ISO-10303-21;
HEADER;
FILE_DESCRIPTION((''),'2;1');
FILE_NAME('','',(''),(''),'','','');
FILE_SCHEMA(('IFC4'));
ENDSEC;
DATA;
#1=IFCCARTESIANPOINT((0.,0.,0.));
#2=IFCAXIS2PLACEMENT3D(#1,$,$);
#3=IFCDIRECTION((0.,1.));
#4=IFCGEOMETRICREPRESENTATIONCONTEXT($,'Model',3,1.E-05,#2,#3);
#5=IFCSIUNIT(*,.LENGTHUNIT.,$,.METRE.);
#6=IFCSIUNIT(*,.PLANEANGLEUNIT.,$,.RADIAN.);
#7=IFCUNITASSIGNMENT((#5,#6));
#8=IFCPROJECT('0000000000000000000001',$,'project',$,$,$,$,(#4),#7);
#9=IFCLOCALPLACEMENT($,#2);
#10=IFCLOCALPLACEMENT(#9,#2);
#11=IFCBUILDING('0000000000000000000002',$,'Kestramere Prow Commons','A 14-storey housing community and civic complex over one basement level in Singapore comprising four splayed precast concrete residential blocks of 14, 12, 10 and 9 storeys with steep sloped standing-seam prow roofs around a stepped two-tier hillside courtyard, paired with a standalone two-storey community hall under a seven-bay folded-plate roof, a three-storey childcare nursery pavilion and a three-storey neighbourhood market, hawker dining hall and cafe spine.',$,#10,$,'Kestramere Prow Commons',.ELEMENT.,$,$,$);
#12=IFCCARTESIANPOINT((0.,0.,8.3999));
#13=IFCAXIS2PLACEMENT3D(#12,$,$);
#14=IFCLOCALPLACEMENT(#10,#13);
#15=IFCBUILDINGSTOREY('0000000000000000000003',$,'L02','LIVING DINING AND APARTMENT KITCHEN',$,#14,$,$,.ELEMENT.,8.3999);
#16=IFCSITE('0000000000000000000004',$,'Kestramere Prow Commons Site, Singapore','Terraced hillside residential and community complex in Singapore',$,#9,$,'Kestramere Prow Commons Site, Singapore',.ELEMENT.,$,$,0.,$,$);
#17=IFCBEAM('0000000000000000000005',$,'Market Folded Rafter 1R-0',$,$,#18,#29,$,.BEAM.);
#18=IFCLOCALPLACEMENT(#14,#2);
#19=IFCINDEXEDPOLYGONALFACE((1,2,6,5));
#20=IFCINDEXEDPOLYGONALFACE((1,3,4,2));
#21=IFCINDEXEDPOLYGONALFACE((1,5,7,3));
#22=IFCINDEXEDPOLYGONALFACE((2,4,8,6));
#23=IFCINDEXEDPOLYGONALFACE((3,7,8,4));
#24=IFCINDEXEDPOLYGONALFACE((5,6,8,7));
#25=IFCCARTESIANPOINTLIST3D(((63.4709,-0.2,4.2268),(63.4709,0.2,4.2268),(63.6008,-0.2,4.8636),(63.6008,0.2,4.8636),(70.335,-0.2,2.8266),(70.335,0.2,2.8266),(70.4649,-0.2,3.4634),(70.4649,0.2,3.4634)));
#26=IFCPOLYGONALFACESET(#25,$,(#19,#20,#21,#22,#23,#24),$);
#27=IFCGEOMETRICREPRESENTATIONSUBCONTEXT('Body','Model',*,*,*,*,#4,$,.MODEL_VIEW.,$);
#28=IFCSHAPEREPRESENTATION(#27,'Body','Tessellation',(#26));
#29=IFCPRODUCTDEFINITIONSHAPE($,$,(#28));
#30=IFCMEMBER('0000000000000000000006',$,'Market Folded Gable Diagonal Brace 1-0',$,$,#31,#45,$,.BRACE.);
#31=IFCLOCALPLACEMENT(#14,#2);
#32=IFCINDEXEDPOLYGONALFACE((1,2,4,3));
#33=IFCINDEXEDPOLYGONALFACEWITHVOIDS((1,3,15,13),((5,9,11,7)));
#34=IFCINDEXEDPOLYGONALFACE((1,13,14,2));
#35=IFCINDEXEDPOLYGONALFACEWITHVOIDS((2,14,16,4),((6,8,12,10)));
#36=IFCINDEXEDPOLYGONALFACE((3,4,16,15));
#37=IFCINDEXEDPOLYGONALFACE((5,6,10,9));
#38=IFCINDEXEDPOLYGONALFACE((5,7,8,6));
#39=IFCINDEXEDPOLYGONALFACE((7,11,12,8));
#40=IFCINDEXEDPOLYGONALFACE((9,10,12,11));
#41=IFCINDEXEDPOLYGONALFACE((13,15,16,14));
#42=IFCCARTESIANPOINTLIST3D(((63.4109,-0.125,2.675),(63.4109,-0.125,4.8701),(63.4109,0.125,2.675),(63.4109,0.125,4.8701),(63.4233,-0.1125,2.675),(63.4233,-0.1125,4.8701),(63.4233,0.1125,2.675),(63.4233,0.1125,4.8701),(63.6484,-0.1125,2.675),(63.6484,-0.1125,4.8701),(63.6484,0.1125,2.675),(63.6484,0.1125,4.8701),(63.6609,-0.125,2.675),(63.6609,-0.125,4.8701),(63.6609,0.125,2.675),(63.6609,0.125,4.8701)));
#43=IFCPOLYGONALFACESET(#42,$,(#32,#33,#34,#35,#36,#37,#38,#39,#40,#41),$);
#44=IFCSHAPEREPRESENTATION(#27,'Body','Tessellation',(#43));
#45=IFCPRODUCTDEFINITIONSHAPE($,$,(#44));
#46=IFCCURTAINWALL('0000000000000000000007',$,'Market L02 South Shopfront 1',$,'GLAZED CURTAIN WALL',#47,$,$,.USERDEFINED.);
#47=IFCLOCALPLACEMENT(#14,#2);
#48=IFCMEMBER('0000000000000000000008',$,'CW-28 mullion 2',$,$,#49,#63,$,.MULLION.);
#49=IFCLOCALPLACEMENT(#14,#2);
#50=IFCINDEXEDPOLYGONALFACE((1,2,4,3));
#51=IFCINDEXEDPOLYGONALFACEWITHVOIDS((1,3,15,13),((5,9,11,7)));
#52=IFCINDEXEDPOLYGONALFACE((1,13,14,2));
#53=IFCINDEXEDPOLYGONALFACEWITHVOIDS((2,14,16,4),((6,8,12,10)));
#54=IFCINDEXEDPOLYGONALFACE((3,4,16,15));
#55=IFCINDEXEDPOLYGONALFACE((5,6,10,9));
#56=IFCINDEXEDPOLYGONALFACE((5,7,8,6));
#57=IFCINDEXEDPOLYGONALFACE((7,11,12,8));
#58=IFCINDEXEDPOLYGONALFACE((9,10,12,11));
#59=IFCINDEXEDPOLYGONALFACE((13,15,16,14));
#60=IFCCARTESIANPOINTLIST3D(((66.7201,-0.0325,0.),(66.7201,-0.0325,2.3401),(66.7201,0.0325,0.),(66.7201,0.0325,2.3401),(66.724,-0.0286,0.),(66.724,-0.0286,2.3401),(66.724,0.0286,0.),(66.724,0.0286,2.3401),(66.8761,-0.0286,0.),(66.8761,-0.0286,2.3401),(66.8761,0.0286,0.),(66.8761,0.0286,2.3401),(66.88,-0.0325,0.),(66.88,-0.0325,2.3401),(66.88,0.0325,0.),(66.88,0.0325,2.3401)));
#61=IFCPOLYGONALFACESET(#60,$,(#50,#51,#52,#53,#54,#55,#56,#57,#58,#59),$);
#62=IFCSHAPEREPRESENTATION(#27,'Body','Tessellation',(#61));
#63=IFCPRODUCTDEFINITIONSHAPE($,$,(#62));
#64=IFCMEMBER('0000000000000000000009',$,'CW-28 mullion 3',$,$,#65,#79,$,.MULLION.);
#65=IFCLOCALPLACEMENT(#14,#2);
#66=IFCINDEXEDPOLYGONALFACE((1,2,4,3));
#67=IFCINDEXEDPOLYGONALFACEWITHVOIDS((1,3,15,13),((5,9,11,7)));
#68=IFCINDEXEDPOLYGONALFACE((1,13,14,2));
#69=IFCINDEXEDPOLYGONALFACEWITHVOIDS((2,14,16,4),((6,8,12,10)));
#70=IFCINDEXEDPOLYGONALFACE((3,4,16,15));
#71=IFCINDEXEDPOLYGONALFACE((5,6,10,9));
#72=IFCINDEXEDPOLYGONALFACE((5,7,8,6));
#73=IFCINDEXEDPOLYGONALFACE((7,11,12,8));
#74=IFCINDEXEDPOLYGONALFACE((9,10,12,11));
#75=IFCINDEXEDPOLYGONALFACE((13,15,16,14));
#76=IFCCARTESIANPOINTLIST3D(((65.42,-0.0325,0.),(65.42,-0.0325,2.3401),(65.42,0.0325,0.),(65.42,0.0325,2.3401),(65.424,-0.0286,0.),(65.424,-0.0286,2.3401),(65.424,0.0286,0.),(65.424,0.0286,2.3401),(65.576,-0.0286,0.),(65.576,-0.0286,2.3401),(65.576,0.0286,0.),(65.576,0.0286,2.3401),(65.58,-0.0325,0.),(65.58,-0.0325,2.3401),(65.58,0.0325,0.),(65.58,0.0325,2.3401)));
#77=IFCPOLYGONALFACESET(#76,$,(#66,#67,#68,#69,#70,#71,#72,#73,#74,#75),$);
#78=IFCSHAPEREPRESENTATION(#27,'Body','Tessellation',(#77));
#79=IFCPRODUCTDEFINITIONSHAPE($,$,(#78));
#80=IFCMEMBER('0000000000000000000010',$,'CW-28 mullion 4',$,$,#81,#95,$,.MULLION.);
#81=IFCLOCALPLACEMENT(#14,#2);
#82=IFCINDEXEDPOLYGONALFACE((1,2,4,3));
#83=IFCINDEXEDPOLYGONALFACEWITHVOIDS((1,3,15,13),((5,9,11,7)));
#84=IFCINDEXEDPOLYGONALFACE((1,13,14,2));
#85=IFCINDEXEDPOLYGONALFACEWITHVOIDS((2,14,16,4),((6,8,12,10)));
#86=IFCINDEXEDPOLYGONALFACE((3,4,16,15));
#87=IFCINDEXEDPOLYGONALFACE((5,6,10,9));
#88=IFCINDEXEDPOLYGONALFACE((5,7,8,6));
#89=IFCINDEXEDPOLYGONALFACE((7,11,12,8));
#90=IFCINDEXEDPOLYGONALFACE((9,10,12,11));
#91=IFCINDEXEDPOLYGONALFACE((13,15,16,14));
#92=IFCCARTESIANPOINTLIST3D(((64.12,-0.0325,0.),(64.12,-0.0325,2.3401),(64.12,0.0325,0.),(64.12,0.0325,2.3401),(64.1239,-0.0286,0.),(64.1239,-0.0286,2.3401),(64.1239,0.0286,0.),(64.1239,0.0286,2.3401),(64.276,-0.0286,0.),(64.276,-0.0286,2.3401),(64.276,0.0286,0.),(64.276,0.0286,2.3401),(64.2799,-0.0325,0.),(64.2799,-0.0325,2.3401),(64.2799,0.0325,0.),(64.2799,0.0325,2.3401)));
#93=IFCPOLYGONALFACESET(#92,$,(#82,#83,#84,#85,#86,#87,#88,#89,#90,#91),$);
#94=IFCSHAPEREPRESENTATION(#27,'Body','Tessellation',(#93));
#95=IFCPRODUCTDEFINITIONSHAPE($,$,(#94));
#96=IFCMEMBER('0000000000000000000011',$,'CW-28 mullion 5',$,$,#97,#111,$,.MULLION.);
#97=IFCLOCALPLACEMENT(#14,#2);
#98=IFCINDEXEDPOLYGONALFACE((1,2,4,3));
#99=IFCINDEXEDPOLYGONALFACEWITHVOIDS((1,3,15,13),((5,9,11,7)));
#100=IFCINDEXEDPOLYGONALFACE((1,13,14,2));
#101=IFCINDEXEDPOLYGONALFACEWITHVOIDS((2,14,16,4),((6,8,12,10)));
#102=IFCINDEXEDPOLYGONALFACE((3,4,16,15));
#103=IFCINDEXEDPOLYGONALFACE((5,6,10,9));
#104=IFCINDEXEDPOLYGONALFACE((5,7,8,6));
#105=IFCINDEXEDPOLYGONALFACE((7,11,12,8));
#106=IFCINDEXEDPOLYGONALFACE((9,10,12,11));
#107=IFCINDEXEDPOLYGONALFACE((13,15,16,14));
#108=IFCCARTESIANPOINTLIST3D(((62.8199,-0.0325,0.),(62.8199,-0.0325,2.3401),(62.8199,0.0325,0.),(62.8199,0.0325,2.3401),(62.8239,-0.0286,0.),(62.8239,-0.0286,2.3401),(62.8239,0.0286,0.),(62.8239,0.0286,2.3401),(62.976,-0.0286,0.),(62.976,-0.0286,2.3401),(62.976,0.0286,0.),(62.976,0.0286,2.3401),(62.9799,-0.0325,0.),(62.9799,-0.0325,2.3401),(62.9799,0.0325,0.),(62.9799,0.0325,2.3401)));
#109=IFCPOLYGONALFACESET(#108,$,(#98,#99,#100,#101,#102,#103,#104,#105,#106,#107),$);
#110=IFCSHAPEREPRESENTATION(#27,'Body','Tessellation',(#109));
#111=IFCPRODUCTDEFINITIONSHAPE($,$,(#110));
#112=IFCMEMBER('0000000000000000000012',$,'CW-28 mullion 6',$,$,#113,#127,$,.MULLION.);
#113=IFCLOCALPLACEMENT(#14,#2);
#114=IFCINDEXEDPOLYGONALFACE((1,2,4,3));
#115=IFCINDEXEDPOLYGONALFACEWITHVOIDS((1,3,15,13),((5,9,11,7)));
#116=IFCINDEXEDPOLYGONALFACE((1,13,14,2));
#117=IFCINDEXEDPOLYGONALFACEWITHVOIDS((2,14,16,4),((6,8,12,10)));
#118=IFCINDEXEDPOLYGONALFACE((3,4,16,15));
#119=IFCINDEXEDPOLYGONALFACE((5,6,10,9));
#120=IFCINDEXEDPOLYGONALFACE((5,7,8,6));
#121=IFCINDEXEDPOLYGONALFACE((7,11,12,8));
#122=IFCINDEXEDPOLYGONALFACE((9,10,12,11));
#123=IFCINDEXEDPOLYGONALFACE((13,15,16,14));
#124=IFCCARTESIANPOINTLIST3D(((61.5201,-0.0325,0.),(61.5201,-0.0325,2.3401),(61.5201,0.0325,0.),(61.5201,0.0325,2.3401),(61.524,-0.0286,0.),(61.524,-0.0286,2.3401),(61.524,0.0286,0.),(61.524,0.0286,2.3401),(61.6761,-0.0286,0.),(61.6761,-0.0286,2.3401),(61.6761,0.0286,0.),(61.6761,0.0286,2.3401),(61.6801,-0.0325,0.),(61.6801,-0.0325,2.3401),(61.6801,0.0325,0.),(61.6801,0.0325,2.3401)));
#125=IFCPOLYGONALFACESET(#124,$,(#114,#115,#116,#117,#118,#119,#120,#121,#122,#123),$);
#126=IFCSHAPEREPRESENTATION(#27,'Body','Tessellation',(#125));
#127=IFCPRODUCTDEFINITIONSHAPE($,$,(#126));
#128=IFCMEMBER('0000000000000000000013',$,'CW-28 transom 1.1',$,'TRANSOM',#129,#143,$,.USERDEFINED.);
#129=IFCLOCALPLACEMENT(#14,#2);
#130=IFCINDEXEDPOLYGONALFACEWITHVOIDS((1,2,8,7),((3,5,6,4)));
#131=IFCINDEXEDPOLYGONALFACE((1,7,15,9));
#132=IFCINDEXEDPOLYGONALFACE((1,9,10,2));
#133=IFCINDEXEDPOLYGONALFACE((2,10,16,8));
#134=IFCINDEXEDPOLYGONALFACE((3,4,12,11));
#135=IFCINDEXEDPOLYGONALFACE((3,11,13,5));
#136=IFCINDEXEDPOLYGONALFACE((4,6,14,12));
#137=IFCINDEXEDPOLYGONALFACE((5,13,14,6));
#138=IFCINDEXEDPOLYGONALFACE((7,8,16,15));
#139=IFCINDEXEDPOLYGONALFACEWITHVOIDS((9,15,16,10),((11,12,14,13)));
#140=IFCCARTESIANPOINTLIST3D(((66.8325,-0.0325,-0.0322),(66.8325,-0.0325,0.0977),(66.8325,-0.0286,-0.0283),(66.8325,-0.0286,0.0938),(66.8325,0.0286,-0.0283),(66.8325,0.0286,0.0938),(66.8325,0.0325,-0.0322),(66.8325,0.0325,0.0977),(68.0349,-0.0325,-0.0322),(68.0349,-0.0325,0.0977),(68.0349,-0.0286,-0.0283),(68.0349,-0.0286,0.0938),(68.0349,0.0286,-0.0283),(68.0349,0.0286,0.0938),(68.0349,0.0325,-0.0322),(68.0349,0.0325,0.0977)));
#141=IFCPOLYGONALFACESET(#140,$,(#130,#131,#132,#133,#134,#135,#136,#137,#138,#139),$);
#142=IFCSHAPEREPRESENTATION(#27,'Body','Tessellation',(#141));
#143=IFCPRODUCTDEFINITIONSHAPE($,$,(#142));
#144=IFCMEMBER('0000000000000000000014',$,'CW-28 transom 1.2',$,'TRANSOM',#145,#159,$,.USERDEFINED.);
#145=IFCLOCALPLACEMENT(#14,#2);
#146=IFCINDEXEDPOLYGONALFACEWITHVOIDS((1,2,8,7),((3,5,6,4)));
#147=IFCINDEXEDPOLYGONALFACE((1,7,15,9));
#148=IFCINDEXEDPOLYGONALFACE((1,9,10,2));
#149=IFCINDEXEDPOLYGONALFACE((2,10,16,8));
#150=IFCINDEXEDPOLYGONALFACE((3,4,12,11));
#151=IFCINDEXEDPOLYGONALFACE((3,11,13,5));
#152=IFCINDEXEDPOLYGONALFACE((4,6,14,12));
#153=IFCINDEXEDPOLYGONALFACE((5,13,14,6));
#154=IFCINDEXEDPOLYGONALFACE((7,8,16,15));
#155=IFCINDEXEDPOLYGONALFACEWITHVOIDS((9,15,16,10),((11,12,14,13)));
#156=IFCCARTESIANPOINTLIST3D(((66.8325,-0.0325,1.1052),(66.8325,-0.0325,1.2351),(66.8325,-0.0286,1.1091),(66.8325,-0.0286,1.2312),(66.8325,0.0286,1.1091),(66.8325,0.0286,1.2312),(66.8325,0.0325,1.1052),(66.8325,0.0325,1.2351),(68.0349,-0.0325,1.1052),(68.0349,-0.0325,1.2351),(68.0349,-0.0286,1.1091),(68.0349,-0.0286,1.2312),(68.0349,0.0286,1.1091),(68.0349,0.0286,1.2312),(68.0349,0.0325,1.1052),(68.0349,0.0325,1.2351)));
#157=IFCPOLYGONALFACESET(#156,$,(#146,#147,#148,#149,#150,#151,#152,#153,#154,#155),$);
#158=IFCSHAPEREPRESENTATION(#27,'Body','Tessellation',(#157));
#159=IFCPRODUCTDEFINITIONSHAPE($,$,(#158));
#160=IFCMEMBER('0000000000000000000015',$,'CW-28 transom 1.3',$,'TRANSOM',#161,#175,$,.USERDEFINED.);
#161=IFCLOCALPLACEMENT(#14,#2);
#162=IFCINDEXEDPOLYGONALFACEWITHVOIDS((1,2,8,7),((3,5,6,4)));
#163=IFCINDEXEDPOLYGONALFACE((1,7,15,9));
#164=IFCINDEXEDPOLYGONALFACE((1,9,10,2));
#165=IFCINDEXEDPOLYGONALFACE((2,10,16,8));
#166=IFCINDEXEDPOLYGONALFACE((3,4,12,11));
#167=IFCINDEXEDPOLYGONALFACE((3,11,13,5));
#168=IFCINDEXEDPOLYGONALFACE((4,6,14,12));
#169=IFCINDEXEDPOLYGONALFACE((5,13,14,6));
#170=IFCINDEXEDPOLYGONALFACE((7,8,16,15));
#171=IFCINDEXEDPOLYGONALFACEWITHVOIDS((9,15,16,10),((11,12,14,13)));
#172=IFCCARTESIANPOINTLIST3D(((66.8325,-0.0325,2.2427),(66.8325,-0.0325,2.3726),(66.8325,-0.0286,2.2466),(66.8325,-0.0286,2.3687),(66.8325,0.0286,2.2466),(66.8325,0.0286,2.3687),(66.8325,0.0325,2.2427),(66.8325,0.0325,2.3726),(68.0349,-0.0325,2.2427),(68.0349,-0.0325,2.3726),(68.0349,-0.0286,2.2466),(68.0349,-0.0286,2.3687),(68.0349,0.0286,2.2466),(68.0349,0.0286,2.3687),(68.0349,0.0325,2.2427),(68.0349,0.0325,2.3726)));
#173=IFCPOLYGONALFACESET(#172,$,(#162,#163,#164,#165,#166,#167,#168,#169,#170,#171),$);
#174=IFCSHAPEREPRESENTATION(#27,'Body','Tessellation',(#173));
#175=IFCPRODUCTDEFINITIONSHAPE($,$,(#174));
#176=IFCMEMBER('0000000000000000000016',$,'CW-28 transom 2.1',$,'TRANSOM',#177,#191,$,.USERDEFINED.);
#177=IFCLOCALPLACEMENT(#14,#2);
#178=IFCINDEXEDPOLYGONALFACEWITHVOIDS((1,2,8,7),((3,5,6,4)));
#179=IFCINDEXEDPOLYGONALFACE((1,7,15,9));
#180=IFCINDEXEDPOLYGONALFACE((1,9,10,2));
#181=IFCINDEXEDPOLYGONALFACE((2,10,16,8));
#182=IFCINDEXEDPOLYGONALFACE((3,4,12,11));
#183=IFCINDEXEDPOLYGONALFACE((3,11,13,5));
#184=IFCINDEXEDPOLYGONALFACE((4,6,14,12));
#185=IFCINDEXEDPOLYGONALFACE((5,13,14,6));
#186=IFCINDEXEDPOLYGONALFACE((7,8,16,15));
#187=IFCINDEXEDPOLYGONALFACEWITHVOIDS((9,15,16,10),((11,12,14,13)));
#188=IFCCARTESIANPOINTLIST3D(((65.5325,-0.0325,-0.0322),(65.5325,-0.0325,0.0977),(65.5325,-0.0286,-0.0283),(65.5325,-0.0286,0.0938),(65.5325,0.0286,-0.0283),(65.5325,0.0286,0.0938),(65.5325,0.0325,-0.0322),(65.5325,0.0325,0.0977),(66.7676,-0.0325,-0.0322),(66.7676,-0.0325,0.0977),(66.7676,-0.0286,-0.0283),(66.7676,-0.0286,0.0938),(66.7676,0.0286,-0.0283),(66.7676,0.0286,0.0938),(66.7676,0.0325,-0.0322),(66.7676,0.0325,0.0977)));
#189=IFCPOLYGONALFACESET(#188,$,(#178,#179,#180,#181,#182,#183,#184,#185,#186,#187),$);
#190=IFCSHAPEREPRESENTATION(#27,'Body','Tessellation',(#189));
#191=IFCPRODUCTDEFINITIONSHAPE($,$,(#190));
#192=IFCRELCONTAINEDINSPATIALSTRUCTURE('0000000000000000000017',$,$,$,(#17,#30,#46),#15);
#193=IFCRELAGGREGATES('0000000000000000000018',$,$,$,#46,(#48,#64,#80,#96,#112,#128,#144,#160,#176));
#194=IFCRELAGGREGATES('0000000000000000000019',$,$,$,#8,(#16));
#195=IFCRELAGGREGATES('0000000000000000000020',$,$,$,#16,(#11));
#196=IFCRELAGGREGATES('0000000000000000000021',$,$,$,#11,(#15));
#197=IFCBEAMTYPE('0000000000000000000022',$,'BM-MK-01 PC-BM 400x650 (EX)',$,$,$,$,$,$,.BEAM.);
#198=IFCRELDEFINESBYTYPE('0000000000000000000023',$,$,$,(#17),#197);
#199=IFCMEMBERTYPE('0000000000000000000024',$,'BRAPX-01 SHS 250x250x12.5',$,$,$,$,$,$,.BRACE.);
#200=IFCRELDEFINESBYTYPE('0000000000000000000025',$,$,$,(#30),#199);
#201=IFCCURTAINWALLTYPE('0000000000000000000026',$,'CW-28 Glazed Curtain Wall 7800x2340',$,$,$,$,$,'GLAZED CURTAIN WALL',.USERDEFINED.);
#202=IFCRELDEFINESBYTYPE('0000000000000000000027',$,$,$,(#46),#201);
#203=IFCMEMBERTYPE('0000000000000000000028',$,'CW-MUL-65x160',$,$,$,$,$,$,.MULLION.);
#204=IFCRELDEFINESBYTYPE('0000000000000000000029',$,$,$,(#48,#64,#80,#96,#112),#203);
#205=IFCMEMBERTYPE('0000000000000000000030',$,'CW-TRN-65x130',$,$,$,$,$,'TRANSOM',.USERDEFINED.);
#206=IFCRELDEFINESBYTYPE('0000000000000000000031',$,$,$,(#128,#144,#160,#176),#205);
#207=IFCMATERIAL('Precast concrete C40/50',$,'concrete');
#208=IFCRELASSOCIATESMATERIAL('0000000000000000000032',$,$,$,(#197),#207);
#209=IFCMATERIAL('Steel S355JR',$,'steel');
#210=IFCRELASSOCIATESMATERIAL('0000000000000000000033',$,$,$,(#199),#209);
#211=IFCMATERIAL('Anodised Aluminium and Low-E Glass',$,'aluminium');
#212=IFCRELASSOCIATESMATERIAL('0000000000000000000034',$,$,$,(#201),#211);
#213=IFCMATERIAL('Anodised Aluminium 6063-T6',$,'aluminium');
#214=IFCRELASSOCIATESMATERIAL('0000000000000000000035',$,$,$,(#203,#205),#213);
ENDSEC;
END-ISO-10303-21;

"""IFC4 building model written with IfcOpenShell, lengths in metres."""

from ifc_helpers import new_model, si_unit, direction, frame, origin, origin_2d, place, context, subcontext, project, spatial, rectangle, hollow_rectangle, extrude, material, material_profile, profile_set, type_object, element, aggregate, save


model = new_model("IFC4")

# Units and contexts
model_context = context("Model", 3, precision=1e-05, world=origin(), true_north=direction((0.0, 1.0)))
body_context = subcontext(model_context, "Body", "Model", "MODEL_VIEW")
ifc_project = project(units=[si_unit("LENGTHUNIT", "METRE"), si_unit("PLANEANGLEUNIT", "RADIAN")], contexts=[model_context])

# Site, building, storey
site_placement = place(None, origin())
site = spatial("IfcSite", under=ifc_project, at=site_placement, Name="Kestramere Prow Commons Site, Singapore", Description="Terraced hillside residential and community complex in Singapore", LongName="Kestramere Prow Commons Site, Singapore", CompositionType="ELEMENT", RefElevation=0.0)
building_placement = place(site_placement, origin())
building = spatial("IfcBuilding", under=site, at=building_placement, Name="Kestramere Prow Commons", Description="A 14-storey housing community and civic complex over one basement level in Singapore comprising four splayed precast concrete residential blocks of 14, 12, 10 and 9 storeys with steep sloped standing-seam prow roofs around a stepped two-tier hillside courtyard, paired with a standalone two-storey community hall under a seven-bay folded-plate roof, a three-storey childcare nursery pavilion and a three-storey neighbourhood market, hawker dining hall and cafe spine.", LongName="Kestramere Prow Commons", CompositionType="ELEMENT")
storey_placement = place(building_placement, frame((0.0, 0.0, 8.3999)))
storey = spatial("IfcBuildingStorey", under=building, at=storey_placement, Name="L02", Description="LIVING DINING AND APARTMENT KITCHEN", CompositionType="ELEMENT", Elevation=8.3999)

# Beam
ifc_material_1 = material(Name="Precast concrete C40/50", Category="concrete")
ifc_material_profile_1 = material_profile(ifc_material_1, rectangle(XDim=0.3999, YDim=0.6499, at=origin_2d()), Name="PC-BM 400x650")
ifc_profile_set_1 = profile_set([ifc_material_profile_1], Name="Precast concrete C40/50")
beam_type = type_object("IfcBeamType", Name="BM-MK-01 PC-BM 400x650 (EX)", PredefinedType="BEAM", material=ifc_profile_set_1)
beam_placement = place(storey_placement, frame((63.5359, 0.0, 4.5452), z_axis=(0.979823, 0.0, -0.199868), x_axis=(0.0, 1.0, 0.0)))
element("IfcBeam", 1, at=beam_placement, inside=storey, type_object=beam_type, Name="Market Folded Rafter 1R-0", PredefinedType="BEAM", context=body_context, shape_type="SweptSolid", body=[
    extrude(rectangle(XDim=0.3999, YDim=0.6499, at=origin_2d()), origin(), (0.0, 0.0, 1.0), 7.0054),
])

# Member
ifc_material_2 = material(Name="Steel S355JR", Category="steel")
ifc_material_profile_2 = material_profile(ifc_material_2, hollow_rectangle(XDim=0.25, YDim=0.25, WallThickness=0.0125, at=origin_2d()), Name="SHS 250x250x12.5")
ifc_profile_set_2 = profile_set([ifc_material_profile_2], Name="Steel S355JR")
member_type_1 = type_object("IfcMemberType", Name="BRAPX-01 SHS 250x250x12.5", PredefinedType="BRACE", material=ifc_profile_set_2)
member_1_placement = place(storey_placement, frame((63.5359, 0.0, 2.675), z_axis=(0.0, 0.0, 1.0), x_axis=(1.0, 0.0, 0.0)))
element("IfcMember", 2, at=member_1_placement, inside=storey, type_object=member_type_1, Name="Market Folded Gable Diagonal Brace 1-0", PredefinedType="BRACE", context=body_context, shape_type="SweptSolid", body=[
    extrude(hollow_rectangle(XDim=0.25, YDim=0.25, WallThickness=0.0125, at=origin_2d()), origin(), (0.0, 0.0, 1.0), 2.1951),
])

# Curtain wall, members
ifc_material_3 = material(Name="Anodised Aluminium and Low-E Glass", Category="aluminium")
curtain_wall_type = type_object("IfcCurtainWallType", Name="CW-28 Glazed Curtain Wall 7800x2340", ElementType="GLAZED CURTAIN WALL", PredefinedType="USERDEFINED", material=ifc_material_3)
curtain_wall_placement = place(storey_placement, origin())
curtain_wall = element("IfcCurtainWall", 3, at=curtain_wall_placement, inside=storey, type_object=curtain_wall_type, Name="Market L02 South Shopfront 1", ObjectType="GLAZED CURTAIN WALL", PredefinedType="USERDEFINED")
ifc_material_4 = material(Name="Anodised Aluminium 6063-T6", Category="aluminium")
ifc_material_profile_3 = material_profile(ifc_material_4, hollow_rectangle(XDim=0.0649, YDim=0.1599, WallThickness=0.0039, at=origin_2d()), Name="ALU-MUL 65x160")
ifc_profile_set_3 = profile_set([ifc_material_profile_3], Name="Anodised Aluminium 6063-T6")
member_type_2 = type_object("IfcMemberType", Name="CW-MUL-65x160", PredefinedType="MULLION", material=ifc_profile_set_3)
member_2_placement = place(storey_placement, frame((66.8, 0.0, 0.0), z_axis=(0.0, 0.0, 1.0), x_axis=(0.0, -1.0, 0.0)))
member_2 = element("IfcMember", 4, at=member_2_placement, type_object=member_type_2, Name="CW-28 mullion 2", PredefinedType="MULLION", context=body_context, shape_type="SweptSolid", body=[
    extrude(hollow_rectangle(XDim=0.0649, YDim=0.1599, WallThickness=0.0039, at=origin_2d()), origin(), (0.0, 0.0, 1.0), 2.3401),
])
member_3_placement = place(storey_placement, frame((65.5, 0.0, 0.0), z_axis=(0.0, 0.0, 1.0), x_axis=(0.0, -1.0, 0.0)))
member_3 = element("IfcMember", 5, at=member_3_placement, type_object=member_type_2, Name="CW-28 mullion 3", PredefinedType="MULLION", context=body_context, shape_type="SweptSolid", body=[
    extrude(hollow_rectangle(XDim=0.0649, YDim=0.1599, WallThickness=0.0039, at=origin_2d()), origin(), (0.0, 0.0, 1.0), 2.3401),
])
member_4_placement = place(storey_placement, frame((64.2, 0.0, 0.0), z_axis=(0.0, 0.0, 1.0), x_axis=(0.0, -1.0, 0.0)))
member_4 = element("IfcMember", 6, at=member_4_placement, type_object=member_type_2, Name="CW-28 mullion 4", PredefinedType="MULLION", context=body_context, shape_type="SweptSolid", body=[
    extrude(hollow_rectangle(XDim=0.0649, YDim=0.1599, WallThickness=0.0039, at=origin_2d()), origin(), (0.0, 0.0, 1.0), 2.3401),
])
member_5_placement = place(storey_placement, frame((62.8999, 0.0, 0.0), z_axis=(0.0, 0.0, 1.0), x_axis=(0.0, -1.0, 0.0)))
member_5 = element("IfcMember", 7, at=member_5_placement, type_object=member_type_2, Name="CW-28 mullion 5", PredefinedType="MULLION", context=body_context, shape_type="SweptSolid", body=[
    extrude(hollow_rectangle(XDim=0.0649, YDim=0.1599, WallThickness=0.0039, at=origin_2d()), origin(), (0.0, 0.0, 1.0), 2.3401),
])
member_6_placement = place(storey_placement, frame((61.6001, 0.0, 0.0), z_axis=(0.0, 0.0, 1.0), x_axis=(0.0, -1.0, 0.0)))
member_6 = element("IfcMember", 8, at=member_6_placement, type_object=member_type_2, Name="CW-28 mullion 6", PredefinedType="MULLION", context=body_context, shape_type="SweptSolid", body=[
    extrude(hollow_rectangle(XDim=0.0649, YDim=0.1599, WallThickness=0.0039, at=origin_2d()), origin(), (0.0, 0.0, 1.0), 2.3401),
])
ifc_material_profile_4 = material_profile(ifc_material_4, hollow_rectangle(XDim=0.0649, YDim=0.1299, WallThickness=0.0039, at=origin_2d()), Name="ALU-TRN 65x130")
ifc_profile_set_4 = profile_set([ifc_material_profile_4], Name="Anodised Aluminium 6063-T6")
member_type_3 = type_object("IfcMemberType", Name="CW-TRN-65x130", ElementType="TRANSOM", PredefinedType="USERDEFINED", material=ifc_profile_set_4)
member_7_placement = place(storey_placement, frame((68.0349, 0.0, 0.0327), z_axis=(-1.0, 0.0, 0.0), x_axis=(0.0, -1.0, 0.0)))
member_7 = element("IfcMember", 9, at=member_7_placement, type_object=member_type_3, Name="CW-28 transom 1.1", ObjectType="TRANSOM", PredefinedType="USERDEFINED", context=body_context, shape_type="SweptSolid", body=[
    extrude(hollow_rectangle(XDim=0.0649, YDim=0.1299, WallThickness=0.0039, at=origin_2d()), origin(), (0.0, 0.0, 1.0), 1.2024),
])
member_8_placement = place(storey_placement, frame((68.0349, 0.0, 1.1702), z_axis=(-1.0, 0.0, 0.0), x_axis=(0.0, -1.0, 0.0)))
member_8 = element("IfcMember", 10, at=member_8_placement, type_object=member_type_3, Name="CW-28 transom 1.2", ObjectType="TRANSOM", PredefinedType="USERDEFINED", context=body_context, shape_type="SweptSolid", body=[
    extrude(hollow_rectangle(XDim=0.0649, YDim=0.1299, WallThickness=0.0039, at=origin_2d()), origin(), (0.0, 0.0, 1.0), 1.2024),
])
member_9_placement = place(storey_placement, frame((68.0349, 0.0, 2.3076), z_axis=(-1.0, 0.0, 0.0), x_axis=(0.0, -1.0, 0.0)))
member_9 = element("IfcMember", 11, at=member_9_placement, type_object=member_type_3, Name="CW-28 transom 1.3", ObjectType="TRANSOM", PredefinedType="USERDEFINED", context=body_context, shape_type="SweptSolid", body=[
    extrude(hollow_rectangle(XDim=0.0649, YDim=0.1299, WallThickness=0.0039, at=origin_2d()), origin(), (0.0, 0.0, 1.0), 1.2024),
])
member_10_placement = place(storey_placement, frame((66.7676, 0.0, 0.0327), z_axis=(-1.0, 0.0, 0.0), x_axis=(0.0, -1.0, 0.0)))
member_10 = element("IfcMember", 12, at=member_10_placement, type_object=member_type_3, Name="CW-28 transom 2.1", ObjectType="TRANSOM", PredefinedType="USERDEFINED", context=body_context, shape_type="SweptSolid", body=[
    extrude(hollow_rectangle(XDim=0.0649, YDim=0.1299, WallThickness=0.0039, at=origin_2d()), origin(), (0.0, 0.0, 1.0), 1.2351),
])

aggregate(curtain_wall, [member_2, member_3, member_4, member_5, member_6, member_7, member_8, member_9, member_10])

save(model, "model.ifc")
